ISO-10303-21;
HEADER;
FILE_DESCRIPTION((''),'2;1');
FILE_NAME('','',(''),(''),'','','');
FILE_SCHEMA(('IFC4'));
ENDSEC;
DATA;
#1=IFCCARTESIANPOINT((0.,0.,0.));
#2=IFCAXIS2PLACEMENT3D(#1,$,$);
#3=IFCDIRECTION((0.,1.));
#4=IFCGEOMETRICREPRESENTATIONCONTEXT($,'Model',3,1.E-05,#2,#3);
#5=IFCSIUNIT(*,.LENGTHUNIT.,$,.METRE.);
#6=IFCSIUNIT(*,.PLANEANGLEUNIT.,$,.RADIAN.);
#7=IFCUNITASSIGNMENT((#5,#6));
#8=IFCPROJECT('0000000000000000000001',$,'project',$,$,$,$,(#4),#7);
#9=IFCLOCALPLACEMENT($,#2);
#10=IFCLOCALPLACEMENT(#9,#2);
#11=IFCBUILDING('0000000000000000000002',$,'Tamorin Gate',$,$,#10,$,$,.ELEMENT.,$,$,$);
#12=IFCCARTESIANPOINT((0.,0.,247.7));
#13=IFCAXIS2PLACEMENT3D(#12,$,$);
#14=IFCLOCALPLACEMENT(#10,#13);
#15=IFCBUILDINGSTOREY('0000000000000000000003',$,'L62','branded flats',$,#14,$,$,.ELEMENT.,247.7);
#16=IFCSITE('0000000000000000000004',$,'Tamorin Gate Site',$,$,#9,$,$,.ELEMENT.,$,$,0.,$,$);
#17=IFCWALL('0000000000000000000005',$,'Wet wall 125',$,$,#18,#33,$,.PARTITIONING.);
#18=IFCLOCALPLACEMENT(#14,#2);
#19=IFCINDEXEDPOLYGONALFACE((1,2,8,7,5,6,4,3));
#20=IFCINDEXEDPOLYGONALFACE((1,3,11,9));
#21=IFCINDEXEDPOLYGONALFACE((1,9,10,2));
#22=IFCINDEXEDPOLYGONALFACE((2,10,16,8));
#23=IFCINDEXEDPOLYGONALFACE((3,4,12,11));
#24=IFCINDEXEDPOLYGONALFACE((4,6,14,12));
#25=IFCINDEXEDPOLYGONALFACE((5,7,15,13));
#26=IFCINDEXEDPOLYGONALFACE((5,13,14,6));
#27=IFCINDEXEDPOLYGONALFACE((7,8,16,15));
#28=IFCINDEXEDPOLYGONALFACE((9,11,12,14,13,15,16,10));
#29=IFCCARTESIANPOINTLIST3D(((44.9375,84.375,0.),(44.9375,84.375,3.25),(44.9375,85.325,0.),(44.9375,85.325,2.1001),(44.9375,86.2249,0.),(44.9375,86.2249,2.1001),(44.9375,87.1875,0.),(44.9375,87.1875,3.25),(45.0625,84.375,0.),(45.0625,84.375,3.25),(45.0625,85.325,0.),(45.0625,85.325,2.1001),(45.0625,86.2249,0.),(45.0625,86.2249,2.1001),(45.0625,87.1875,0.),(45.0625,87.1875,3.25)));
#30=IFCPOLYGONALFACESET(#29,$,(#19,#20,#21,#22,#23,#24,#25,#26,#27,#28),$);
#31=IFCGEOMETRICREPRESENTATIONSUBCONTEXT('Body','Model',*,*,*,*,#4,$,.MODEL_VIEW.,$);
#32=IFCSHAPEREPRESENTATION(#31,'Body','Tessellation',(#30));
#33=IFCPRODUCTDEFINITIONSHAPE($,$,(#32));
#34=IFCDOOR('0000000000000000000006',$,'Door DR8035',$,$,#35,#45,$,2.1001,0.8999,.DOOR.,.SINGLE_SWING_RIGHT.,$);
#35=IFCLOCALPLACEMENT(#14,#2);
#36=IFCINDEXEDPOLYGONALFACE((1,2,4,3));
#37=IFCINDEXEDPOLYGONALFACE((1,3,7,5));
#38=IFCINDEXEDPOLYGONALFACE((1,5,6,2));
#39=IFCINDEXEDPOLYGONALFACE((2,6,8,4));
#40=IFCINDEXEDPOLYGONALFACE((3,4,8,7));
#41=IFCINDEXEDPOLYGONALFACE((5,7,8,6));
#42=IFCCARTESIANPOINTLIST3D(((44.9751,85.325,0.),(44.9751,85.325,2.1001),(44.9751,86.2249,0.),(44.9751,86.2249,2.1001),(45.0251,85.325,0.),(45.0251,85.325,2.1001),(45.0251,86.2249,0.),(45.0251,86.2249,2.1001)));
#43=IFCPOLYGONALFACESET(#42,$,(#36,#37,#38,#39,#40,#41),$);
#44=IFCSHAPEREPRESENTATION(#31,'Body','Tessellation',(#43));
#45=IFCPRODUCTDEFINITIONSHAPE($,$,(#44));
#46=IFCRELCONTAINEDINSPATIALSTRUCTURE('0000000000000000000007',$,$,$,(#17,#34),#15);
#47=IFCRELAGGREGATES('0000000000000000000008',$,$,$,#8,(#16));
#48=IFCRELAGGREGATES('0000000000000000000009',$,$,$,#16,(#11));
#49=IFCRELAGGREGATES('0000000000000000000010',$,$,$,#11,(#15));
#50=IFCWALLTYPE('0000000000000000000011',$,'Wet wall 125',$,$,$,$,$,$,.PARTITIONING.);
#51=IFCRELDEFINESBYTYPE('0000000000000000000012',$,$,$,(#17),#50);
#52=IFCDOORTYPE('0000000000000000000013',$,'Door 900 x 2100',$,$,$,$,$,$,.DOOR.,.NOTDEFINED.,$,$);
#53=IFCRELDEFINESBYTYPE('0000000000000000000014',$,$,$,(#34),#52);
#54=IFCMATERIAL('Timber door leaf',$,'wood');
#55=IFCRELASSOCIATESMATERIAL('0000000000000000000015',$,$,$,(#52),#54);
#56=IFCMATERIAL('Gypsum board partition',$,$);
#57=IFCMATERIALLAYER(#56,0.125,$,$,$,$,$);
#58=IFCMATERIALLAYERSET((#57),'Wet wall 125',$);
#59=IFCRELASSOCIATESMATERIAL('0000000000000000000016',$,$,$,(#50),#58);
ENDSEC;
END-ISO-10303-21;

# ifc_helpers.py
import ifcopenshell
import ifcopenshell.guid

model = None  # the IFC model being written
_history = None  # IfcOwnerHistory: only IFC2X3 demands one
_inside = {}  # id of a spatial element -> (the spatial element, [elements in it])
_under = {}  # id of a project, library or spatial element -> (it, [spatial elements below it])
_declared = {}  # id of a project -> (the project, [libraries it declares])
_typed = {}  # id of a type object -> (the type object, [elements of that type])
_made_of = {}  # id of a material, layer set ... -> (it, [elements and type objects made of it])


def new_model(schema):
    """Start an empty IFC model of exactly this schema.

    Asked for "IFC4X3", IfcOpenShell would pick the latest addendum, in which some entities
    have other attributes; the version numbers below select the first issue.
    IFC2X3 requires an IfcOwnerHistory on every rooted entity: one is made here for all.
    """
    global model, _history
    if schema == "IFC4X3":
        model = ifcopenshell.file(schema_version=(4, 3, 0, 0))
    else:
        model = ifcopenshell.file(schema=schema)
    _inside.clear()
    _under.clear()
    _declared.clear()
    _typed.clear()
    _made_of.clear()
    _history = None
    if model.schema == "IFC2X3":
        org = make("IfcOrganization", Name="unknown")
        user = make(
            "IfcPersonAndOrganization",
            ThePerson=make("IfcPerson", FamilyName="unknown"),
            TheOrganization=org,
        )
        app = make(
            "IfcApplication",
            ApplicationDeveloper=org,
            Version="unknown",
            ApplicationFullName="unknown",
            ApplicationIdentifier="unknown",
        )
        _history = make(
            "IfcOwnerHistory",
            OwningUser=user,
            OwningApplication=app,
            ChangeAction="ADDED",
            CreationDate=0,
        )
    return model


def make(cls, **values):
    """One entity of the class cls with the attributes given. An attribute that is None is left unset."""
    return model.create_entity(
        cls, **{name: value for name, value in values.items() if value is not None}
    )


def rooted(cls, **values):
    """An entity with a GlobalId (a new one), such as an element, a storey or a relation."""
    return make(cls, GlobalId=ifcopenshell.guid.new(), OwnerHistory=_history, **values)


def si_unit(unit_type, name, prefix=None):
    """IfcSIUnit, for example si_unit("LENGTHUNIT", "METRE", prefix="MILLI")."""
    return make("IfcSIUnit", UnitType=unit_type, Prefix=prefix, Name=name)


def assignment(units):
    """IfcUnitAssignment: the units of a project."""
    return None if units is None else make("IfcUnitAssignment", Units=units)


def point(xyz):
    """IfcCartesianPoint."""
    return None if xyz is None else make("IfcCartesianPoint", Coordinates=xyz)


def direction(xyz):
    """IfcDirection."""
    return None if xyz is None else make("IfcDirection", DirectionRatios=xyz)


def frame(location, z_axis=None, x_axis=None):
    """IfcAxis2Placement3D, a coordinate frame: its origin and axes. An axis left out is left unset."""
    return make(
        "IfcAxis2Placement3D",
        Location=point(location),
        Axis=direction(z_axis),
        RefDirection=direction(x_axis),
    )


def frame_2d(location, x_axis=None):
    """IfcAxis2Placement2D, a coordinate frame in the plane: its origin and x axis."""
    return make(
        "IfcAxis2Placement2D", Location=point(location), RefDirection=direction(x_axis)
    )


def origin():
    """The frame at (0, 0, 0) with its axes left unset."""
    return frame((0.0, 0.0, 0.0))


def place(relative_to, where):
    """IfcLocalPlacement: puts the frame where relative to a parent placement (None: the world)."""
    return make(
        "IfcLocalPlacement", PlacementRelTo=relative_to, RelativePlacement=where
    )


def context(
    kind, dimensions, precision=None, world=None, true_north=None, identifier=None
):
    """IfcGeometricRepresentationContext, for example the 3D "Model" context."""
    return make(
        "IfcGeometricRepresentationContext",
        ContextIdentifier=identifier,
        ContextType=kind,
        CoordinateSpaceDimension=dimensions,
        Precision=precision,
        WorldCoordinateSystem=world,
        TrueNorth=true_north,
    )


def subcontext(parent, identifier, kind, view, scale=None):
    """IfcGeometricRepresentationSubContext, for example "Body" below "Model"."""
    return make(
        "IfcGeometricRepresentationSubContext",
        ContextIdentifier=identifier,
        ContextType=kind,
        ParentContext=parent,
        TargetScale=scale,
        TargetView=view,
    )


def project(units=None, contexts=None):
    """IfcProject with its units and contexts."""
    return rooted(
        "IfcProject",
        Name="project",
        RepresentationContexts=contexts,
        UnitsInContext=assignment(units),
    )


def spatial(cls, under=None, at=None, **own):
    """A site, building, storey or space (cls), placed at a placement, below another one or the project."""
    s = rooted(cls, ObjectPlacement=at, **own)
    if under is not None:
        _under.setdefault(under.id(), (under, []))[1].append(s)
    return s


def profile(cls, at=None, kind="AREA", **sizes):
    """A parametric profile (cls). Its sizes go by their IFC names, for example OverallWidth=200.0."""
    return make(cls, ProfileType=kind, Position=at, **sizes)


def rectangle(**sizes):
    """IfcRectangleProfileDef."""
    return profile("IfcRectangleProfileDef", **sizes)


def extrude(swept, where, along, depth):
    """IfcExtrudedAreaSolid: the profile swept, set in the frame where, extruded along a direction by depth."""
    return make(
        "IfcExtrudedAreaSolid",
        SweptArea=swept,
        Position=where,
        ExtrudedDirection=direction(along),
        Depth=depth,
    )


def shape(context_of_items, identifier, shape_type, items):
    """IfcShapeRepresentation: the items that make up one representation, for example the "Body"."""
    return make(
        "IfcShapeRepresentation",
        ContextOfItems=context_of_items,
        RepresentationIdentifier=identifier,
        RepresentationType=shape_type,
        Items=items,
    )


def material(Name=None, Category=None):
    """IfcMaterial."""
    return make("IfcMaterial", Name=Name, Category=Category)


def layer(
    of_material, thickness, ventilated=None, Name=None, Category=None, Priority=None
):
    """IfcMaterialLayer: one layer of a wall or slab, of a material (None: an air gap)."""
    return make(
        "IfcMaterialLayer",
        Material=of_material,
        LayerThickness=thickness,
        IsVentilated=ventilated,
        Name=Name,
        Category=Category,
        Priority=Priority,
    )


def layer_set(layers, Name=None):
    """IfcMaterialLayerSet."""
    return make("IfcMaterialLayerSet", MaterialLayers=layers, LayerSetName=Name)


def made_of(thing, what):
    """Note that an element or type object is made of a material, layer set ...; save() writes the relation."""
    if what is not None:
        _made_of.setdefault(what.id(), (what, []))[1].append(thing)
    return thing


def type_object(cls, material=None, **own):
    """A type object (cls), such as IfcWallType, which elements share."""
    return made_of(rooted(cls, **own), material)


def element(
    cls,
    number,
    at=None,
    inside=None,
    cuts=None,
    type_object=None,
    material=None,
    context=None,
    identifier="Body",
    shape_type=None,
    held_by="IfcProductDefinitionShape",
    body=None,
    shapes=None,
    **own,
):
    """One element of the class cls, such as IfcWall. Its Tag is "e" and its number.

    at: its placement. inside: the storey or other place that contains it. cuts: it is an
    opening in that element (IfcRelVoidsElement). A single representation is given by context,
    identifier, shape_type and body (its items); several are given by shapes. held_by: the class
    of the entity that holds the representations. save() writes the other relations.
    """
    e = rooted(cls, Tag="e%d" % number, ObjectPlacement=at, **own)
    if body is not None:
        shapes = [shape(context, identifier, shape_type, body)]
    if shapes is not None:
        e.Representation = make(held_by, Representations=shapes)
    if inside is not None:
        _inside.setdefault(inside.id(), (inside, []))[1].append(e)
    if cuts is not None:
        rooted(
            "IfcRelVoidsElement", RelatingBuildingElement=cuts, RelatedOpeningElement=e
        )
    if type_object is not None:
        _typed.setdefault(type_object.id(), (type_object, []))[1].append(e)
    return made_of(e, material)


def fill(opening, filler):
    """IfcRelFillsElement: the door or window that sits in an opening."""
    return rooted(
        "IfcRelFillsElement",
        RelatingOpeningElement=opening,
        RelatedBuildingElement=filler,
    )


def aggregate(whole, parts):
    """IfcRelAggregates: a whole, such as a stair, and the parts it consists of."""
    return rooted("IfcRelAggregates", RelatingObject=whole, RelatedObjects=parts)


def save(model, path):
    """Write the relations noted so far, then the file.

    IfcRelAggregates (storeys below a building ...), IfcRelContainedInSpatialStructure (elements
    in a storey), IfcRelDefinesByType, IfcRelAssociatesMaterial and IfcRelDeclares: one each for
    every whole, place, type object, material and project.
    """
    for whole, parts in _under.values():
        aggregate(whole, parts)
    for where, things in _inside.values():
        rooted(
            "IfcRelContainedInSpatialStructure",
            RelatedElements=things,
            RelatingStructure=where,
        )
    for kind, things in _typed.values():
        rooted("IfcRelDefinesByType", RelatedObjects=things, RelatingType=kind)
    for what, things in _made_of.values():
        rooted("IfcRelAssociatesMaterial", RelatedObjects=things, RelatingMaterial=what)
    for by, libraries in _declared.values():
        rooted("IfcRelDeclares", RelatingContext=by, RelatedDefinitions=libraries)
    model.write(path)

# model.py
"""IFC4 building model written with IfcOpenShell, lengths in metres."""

from ifc_helpers import new_model, si_unit, direction, frame, frame_2d, origin, place, context, subcontext, project, spatial, rectangle, extrude, material, layer, layer_set, type_object, element, fill, save


model = new_model("IFC4")

# Units and contexts
model_context = context("Model", 3, precision=1e-05, world=origin(), true_north=direction((0.0, 1.0)))
body_context = subcontext(model_context, "Body", "Model", "MODEL_VIEW")
ifc_project = project(units=[si_unit("LENGTHUNIT", "METRE"), si_unit("PLANEANGLEUNIT", "RADIAN")], contexts=[model_context])

# Site, building, storey
site_placement = place(None, origin())
site = spatial("IfcSite", under=ifc_project, at=site_placement, Name="Tamorin Gate Site", CompositionType="ELEMENT", RefElevation=0.0)
building_placement = place(site_placement, origin())
building = spatial("IfcBuilding", under=site, at=building_placement, Name="Tamorin Gate", CompositionType="ELEMENT")
storey_placement = place(building_placement, frame((0.0, 0.0, 247.7)))
storey = spatial("IfcBuildingStorey", under=building, at=storey_placement, Name="L62", Description="branded flats", CompositionType="ELEMENT", Elevation=247.7)

# Shared definitions
ifc_material_1 = material(Name="Gypsum board partition")

# Shared definitions
ifc_material_2 = material(Name="Timber door leaf", Category="wood")
door_type = type_object("IfcDoorType", Name="Door 900 x 2100", OperationType="NOTDEFINED", PredefinedType="DOOR", material=ifc_material_2)

# Shared definitions
ifc_layer_1 = layer(ifc_material_1, 0.125)
ifc_layer_set_1 = layer_set([ifc_layer_1], Name="Wet wall 125")
wall_type_1 = type_object("IfcWallType", Name="Wet wall 125", PredefinedType="PARTITIONING", material=ifc_layer_set_1)

# Wall, opening, door
wall_1_placement = place(storey_placement, frame((45.0, 84.375, 0.0), z_axis=(0.0, 0.0, 1.0), x_axis=(0.0, 1.0, 0.0)))
wall_1 = element("IfcWall", 1, at=wall_1_placement, inside=storey, type_object=wall_type_1, Name="Wet wall 125", PredefinedType="PARTITIONING", context=body_context, shape_type="SweptSolid", body=[
    extrude(rectangle(XDim=2.8125, YDim=0.125, at=frame_2d((1.4062, 0.0))), origin(), (0.0, 0.0, 1.0), 3.25),
])
opening_1_placement = place(wall_1_placement, frame((0.95, 0.0, 0.0)))
opening_1 = element("IfcOpeningElement", 2, at=opening_1_placement, cuts=wall_1, PredefinedType="OPENING", context=body_context, shape_type="SweptSolid", body=[
    extrude(rectangle(XDim=0.8999, YDim=2.1001, at=frame_2d((0.45, 1.05))), frame((0.0, 0.0725, 0.0), z_axis=(0.0, -1.0, 0.0), x_axis=(1.0, 0.0, 0.0)), (0.0, 0.0, 1.0), 0.145),
])
door_1_placement = place(opening_1_placement, origin())
door_1 = element("IfcDoor", 3, at=door_1_placement, inside=storey, type_object=door_type, Name="Door DR8035", OperationType="SINGLE_SWING_RIGHT", OverallHeight=2.1001, OverallWidth=0.8999, PredefinedType="DOOR", context=body_context, shape_type="SweptSolid", body=[
    extrude(rectangle(XDim=0.8999, YDim=2.1001, at=frame_2d((0.45, 1.05))), frame((0.0, 0.0249, 0.0), z_axis=(0.0, -1.0, 0.0), x_axis=(1.0, 0.0, 0.0)), (0.0, 0.0, 1.0), 0.05),
])
fill(opening_1, door_1)

save(model, "model.ifc")
